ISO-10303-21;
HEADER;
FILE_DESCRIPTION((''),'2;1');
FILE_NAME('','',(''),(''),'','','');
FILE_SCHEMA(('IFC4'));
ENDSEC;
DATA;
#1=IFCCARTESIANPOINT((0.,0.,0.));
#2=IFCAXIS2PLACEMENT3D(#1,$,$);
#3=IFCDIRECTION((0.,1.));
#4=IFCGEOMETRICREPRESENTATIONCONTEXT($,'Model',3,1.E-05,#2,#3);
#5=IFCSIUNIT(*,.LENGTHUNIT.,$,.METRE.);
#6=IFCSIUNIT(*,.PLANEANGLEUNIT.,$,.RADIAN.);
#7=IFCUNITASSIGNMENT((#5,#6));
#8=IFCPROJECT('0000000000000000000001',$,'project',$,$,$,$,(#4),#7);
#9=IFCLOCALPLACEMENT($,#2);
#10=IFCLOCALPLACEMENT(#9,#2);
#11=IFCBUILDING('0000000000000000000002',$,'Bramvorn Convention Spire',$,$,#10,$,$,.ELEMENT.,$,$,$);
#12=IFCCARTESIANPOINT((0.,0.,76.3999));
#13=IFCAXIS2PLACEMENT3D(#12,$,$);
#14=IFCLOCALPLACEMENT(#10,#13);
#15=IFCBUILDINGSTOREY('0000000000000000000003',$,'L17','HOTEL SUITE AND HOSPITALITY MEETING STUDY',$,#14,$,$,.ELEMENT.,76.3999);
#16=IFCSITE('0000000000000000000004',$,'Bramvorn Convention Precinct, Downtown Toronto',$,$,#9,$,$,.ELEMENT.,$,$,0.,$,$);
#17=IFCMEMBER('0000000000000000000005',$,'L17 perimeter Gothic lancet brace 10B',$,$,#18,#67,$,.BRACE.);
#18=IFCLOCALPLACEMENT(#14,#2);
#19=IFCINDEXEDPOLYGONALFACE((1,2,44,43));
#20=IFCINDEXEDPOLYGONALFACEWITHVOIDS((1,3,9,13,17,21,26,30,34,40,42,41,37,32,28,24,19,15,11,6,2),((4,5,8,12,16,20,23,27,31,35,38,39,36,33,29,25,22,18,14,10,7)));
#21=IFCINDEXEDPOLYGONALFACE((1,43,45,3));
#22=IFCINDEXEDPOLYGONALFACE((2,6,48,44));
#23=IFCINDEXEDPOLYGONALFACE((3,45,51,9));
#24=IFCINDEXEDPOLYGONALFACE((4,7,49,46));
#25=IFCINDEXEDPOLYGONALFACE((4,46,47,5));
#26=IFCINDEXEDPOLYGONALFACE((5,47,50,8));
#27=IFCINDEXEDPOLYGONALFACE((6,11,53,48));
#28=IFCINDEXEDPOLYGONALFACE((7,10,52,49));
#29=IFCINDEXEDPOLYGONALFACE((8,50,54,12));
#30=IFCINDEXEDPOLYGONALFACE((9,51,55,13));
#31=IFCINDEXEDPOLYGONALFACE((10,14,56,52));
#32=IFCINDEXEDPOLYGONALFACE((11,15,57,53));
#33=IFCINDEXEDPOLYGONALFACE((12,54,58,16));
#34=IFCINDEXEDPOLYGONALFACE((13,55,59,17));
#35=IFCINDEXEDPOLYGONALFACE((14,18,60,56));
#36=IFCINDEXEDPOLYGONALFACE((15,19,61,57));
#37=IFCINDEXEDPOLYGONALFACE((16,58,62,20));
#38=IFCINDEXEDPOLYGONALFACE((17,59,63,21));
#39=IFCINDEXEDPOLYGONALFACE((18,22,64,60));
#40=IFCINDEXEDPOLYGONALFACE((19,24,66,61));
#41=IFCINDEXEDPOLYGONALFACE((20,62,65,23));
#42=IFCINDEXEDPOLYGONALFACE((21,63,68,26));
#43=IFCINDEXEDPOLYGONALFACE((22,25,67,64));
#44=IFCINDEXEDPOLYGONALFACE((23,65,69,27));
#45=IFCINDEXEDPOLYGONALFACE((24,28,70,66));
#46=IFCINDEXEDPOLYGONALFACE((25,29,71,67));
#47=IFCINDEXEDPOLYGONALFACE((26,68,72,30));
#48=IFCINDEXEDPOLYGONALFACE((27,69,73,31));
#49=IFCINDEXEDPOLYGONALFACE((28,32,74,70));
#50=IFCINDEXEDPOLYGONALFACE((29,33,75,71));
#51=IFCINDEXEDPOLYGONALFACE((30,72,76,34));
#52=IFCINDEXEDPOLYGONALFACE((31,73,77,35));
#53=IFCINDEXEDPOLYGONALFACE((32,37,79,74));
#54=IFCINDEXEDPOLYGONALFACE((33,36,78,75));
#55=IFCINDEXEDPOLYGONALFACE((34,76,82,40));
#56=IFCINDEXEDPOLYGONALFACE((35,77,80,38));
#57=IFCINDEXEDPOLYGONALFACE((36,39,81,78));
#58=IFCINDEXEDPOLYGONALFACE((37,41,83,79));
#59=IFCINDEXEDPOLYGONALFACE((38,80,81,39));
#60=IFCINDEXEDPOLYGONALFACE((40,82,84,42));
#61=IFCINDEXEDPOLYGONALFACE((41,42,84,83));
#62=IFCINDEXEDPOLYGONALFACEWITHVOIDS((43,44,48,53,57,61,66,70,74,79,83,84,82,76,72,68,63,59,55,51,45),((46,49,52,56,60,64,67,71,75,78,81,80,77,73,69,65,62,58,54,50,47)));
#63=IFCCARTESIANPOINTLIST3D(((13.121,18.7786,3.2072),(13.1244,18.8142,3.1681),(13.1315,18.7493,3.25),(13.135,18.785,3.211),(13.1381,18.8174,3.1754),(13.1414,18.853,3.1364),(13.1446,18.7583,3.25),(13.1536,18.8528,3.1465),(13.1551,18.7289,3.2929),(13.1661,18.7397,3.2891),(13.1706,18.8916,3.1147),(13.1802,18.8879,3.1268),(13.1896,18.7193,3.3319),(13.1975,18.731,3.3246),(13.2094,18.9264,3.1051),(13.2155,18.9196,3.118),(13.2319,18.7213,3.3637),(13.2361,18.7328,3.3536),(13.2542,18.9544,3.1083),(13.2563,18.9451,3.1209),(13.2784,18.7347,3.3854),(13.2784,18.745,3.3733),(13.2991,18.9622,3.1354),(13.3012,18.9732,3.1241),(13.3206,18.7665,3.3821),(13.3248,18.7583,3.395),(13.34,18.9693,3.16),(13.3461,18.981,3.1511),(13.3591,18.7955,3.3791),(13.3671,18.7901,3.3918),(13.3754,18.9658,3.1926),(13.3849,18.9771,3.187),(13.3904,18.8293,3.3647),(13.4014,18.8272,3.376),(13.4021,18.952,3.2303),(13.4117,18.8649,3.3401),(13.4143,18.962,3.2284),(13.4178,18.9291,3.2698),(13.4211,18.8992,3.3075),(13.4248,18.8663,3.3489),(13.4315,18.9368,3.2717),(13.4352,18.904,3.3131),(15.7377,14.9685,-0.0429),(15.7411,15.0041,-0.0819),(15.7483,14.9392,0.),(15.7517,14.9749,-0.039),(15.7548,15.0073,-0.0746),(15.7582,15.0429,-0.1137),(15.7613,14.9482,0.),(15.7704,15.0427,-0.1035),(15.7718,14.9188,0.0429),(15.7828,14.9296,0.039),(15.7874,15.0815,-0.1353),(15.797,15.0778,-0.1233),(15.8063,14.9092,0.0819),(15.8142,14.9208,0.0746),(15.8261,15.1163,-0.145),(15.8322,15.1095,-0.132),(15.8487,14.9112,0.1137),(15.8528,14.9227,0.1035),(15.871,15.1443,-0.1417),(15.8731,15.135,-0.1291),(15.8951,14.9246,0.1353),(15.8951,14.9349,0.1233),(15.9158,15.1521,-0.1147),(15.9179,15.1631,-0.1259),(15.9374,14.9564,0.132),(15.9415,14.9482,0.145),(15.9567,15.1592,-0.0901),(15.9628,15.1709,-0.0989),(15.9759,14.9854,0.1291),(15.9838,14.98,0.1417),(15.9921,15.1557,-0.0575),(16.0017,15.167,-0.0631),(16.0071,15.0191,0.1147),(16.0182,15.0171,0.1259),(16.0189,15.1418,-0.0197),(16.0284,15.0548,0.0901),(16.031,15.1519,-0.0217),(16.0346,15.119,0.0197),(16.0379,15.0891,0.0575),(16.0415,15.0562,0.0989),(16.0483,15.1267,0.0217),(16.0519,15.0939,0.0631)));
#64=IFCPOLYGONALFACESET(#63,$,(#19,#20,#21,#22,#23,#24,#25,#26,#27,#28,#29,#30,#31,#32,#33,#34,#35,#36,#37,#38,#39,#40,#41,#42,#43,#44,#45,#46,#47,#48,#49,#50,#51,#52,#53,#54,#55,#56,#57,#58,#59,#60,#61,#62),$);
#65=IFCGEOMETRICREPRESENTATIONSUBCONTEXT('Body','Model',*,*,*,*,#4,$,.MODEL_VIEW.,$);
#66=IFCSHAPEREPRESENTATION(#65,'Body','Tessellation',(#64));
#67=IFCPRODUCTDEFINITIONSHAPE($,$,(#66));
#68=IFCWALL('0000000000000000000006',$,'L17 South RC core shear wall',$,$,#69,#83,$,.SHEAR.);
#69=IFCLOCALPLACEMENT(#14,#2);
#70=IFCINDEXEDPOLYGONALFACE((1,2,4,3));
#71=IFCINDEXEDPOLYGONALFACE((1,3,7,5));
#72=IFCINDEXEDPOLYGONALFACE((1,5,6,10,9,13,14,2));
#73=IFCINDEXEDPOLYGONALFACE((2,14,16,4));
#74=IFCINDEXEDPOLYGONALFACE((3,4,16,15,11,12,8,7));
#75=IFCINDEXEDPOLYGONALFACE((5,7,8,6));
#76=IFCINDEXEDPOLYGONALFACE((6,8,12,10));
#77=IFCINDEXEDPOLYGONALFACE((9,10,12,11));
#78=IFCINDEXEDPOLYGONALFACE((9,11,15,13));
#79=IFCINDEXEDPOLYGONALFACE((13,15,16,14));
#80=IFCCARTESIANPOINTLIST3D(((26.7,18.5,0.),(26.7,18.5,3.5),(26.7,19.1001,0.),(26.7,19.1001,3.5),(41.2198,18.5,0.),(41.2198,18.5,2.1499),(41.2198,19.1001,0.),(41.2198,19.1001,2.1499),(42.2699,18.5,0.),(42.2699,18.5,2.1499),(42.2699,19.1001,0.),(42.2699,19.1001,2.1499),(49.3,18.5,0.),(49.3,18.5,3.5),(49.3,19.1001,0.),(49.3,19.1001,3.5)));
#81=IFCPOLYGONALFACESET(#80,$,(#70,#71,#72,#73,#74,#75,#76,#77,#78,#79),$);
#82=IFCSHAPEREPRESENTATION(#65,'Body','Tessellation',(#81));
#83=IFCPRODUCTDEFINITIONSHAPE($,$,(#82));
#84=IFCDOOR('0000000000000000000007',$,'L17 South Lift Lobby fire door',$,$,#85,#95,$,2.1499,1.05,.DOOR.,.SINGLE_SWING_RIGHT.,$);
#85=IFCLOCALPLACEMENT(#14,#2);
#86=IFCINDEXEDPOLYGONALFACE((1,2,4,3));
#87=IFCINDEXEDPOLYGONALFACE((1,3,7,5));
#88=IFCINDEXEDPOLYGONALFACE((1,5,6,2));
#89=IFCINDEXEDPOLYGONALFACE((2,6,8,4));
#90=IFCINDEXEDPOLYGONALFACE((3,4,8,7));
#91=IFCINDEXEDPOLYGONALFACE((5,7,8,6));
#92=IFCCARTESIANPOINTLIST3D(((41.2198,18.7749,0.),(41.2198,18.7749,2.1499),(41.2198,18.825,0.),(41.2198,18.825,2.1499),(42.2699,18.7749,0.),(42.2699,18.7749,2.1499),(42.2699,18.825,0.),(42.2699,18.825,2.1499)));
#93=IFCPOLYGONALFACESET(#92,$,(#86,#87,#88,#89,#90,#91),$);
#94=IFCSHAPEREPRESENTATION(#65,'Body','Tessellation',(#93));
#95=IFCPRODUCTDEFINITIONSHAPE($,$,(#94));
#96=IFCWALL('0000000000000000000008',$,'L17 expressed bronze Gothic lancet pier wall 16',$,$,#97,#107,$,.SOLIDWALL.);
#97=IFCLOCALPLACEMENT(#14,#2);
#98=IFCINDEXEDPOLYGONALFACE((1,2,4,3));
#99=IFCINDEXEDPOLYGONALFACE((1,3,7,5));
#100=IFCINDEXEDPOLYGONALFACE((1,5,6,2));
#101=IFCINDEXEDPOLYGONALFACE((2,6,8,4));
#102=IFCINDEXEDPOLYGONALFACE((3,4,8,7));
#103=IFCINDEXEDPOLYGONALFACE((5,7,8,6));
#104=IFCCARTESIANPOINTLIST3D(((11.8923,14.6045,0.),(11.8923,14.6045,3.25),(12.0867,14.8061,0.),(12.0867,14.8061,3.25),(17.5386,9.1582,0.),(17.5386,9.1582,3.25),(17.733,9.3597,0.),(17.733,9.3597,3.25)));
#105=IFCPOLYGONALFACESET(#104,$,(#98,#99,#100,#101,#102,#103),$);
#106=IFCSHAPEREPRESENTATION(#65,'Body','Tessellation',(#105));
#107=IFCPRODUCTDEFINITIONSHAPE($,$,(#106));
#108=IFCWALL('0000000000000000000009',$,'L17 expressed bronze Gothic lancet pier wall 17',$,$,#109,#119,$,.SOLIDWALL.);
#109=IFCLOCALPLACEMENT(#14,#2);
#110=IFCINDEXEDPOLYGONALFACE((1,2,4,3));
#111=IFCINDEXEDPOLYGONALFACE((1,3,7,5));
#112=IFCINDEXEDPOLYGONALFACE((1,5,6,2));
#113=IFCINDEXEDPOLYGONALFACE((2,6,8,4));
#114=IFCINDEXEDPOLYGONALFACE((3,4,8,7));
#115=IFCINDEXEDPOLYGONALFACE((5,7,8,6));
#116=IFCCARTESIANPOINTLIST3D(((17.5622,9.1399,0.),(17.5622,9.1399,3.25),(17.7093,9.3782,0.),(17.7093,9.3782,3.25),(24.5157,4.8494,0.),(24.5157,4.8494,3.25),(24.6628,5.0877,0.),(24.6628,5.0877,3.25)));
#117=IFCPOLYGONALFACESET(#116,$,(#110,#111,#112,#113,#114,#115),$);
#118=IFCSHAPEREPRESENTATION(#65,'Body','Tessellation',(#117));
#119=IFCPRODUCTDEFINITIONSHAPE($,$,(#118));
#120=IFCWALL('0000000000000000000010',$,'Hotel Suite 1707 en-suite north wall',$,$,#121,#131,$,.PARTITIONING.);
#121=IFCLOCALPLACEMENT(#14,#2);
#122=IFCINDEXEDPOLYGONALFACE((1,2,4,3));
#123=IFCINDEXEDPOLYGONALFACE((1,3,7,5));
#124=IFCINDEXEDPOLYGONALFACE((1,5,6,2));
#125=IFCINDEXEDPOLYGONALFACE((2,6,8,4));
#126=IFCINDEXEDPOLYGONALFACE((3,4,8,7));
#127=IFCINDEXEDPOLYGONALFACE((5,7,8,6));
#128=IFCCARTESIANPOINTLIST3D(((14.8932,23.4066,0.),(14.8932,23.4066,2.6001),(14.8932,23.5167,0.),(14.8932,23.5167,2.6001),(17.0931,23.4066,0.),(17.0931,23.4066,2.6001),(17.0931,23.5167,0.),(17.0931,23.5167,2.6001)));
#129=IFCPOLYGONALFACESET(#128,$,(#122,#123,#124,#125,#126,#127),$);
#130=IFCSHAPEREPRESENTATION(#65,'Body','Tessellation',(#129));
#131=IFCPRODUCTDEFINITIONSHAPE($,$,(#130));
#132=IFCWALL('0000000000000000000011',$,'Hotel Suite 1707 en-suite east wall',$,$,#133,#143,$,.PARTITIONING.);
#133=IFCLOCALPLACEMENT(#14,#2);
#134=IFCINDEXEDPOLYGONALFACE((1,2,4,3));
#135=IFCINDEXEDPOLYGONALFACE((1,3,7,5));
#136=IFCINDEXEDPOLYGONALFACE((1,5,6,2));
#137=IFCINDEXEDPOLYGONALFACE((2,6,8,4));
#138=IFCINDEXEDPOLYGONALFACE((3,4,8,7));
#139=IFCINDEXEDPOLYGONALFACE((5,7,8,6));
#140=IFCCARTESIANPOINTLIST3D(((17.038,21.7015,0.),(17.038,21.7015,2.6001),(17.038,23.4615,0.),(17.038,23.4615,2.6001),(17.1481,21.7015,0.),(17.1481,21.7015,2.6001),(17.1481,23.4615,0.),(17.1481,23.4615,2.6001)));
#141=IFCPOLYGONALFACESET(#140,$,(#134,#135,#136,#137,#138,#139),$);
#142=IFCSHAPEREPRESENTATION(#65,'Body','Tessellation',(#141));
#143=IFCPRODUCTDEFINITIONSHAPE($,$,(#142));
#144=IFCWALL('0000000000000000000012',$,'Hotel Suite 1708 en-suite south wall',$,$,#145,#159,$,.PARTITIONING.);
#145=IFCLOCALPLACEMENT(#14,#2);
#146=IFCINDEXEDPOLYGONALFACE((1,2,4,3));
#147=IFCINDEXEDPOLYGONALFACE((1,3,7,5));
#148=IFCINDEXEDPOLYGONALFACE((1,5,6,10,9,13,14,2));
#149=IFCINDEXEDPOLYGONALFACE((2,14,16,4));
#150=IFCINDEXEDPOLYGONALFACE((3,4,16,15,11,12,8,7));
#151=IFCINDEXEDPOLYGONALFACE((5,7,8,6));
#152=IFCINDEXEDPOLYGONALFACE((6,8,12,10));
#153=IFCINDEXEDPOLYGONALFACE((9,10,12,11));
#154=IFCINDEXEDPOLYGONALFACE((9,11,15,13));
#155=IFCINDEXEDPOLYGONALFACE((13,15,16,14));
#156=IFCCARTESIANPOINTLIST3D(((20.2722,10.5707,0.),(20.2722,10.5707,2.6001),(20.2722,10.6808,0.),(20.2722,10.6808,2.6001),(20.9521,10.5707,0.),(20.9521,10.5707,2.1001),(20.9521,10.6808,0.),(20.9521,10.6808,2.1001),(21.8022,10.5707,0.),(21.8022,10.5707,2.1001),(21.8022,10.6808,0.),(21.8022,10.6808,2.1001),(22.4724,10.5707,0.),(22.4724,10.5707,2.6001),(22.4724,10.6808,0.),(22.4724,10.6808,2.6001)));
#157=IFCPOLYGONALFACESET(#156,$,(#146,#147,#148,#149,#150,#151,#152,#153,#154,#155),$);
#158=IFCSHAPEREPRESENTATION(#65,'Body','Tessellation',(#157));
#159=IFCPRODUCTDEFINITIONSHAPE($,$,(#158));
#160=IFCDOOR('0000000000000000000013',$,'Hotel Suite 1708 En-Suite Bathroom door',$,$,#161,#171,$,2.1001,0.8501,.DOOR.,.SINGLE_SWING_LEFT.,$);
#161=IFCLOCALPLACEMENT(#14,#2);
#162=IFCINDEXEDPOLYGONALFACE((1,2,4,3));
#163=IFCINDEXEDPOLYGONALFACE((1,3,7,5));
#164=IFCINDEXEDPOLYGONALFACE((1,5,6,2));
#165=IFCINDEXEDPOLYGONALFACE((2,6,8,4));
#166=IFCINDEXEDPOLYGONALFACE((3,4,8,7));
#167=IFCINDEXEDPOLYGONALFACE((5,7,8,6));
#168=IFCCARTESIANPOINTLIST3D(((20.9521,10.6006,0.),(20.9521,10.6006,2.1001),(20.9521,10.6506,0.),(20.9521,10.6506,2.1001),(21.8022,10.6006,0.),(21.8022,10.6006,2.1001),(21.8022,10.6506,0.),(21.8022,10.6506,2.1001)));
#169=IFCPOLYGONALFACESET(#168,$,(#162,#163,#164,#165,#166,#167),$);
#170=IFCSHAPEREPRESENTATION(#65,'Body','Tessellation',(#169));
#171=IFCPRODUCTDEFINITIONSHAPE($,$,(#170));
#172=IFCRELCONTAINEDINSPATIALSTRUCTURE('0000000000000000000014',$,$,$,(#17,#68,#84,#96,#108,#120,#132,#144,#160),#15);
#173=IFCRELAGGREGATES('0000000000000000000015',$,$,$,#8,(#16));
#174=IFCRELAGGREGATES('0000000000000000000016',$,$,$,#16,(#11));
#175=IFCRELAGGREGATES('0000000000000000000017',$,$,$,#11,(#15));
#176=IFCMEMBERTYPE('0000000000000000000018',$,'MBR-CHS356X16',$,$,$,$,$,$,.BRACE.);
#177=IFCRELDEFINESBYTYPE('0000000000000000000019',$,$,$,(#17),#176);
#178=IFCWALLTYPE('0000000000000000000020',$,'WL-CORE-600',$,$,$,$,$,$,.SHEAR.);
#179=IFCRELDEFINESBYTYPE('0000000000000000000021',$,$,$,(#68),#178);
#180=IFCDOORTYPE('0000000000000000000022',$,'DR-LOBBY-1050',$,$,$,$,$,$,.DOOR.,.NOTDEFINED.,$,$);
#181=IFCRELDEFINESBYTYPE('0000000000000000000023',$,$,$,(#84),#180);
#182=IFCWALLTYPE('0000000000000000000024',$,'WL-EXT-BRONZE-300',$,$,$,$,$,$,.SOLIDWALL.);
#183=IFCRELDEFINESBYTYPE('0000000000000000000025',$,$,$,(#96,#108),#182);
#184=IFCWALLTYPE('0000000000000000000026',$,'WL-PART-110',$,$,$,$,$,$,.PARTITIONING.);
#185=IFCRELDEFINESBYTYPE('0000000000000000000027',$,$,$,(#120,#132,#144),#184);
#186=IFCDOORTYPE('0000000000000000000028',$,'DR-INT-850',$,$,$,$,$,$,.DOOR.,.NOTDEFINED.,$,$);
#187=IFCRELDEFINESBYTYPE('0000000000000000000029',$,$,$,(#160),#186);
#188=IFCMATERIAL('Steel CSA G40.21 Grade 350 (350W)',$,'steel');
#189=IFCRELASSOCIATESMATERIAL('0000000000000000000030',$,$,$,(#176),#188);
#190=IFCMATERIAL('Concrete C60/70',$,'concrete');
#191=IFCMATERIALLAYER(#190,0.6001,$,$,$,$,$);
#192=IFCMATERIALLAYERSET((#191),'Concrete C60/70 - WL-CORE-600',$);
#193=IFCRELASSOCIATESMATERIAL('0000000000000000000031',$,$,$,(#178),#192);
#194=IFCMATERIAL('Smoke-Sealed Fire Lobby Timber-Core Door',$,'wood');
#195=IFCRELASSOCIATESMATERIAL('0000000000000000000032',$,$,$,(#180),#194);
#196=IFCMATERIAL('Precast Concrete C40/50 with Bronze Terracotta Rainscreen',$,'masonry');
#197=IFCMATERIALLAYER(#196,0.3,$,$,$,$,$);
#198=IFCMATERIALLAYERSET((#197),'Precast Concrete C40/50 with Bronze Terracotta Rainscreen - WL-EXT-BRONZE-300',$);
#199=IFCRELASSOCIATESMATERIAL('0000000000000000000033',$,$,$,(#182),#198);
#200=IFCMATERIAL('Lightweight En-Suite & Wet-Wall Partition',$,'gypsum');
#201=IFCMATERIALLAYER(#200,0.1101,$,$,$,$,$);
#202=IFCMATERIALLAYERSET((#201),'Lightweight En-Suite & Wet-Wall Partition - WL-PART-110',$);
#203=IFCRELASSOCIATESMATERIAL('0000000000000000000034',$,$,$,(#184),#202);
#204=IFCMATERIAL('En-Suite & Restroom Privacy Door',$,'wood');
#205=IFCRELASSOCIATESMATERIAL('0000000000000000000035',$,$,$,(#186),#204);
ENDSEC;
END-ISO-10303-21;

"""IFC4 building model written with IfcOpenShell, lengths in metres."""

from ifc_helpers import new_model, si_unit, direction, frame, frame_2d, origin, origin_2d, place, context, subcontext, project, spatial, rectangle, hollow_circle, extrude, material, layer, layer_set, material_profile, profile_set, type_object, element, fill, save


model = new_model("IFC4")

# Units and contexts
model_context = context("Model", 3, precision=1e-05, world=origin(), true_north=direction((0.0, 1.0)))
body_context = subcontext(model_context, "Body", "Model", "MODEL_VIEW")
ifc_project = project(units=[si_unit("LENGTHUNIT", "METRE"), si_unit("PLANEANGLEUNIT", "RADIAN")], contexts=[model_context])

# Site, building, storey
site_placement = place(None, origin())
site = spatial("IfcSite", under=ifc_project, at=site_placement, Name="Bramvorn Convention Precinct, Downtown Toronto", CompositionType="ELEMENT", RefElevation=0.0)
building_placement = place(site_placement, origin())
building = spatial("IfcBuilding", under=site, at=building_placement, Name="Bramvorn Convention Spire", CompositionType="ELEMENT")
storey_placement = place(building_placement, frame((0.0, 0.0, 76.3999)))
storey = spatial("IfcBuildingStorey", under=building, at=storey_placement, Name="L17", Description="HOTEL SUITE AND HOSPITALITY MEETING STUDY", CompositionType="ELEMENT", Elevation=76.3999)

# Shared definitions
ifc_material_1 = material(Name="Steel CSA G40.21 Grade 350 (350W)", Category="steel")

# Member
ifc_material_profile_1 = material_profile(ifc_material_1, hollow_circle(Radius=0.1777, WallThickness=0.0159, at=origin_2d()))
ifc_profile_set_1 = profile_set([ifc_material_profile_1], Name="Steel CSA G40.21 Grade 350 (350W) - CHS356X16")
member_type_1 = type_object("IfcMemberType", Name="MBR-CHS356X16", PredefinedType="BRACE", material=ifc_profile_set_1)
member_1_placement = place(storey_placement, frame((15.8948, 15.0398, 0.0), z_axis=(-0.463106, 0.674308, 0.575188), x_axis=(-0.824316, -0.56613, 0.0)))
element("IfcMember", 1, at=member_1_placement, inside=storey, type_object=member_type_1, Name="L17 perimeter Gothic lancet brace 10B", PredefinedType="BRACE", context=body_context, shape_type="SweptSolid", body=[
    extrude(hollow_circle(Radius=0.1777, WallThickness=0.0159, at=origin_2d()), origin(), (0.0, 0.0, 1.0), 5.6504),
])

# Wall, opening, door
ifc_material_2 = material(Name="Concrete C60/70", Category="concrete")
ifc_layer_1 = layer(ifc_material_2, 0.6001)
ifc_layer_set_1 = layer_set([ifc_layer_1], Name="Concrete C60/70 - WL-CORE-600")
wall_type_1 = type_object("IfcWallType", Name="WL-CORE-600", PredefinedType="SHEAR", material=ifc_layer_set_1)
wall_1_placement = place(storey_placement, frame((26.7, 18.8, 0.0), z_axis=(0.0, 0.0, 1.0), x_axis=(1.0, 0.0, 0.0)))
wall_1 = element("IfcWall", 2, at=wall_1_placement, inside=storey, type_object=wall_type_1, Name="L17 South RC core shear wall", PredefinedType="SHEAR", context=body_context, shape_type="SweptSolid", body=[
    extrude(rectangle(XDim=22.6001, YDim=0.6001, at=frame_2d((11.3, 0.0))), origin(), (0.0, 0.0, 1.0), 3.5),
])
opening_1_placement = place(wall_1_placement, frame((14.52, 0.0, 0.0)))
opening_1 = element("IfcOpeningElement", 3, at=opening_1_placement, cuts=wall_1, PredefinedType="OPENING", context=body_context, shape_type="SweptSolid", body=[
    extrude(rectangle(XDim=1.05, YDim=2.1499, at=frame_2d((0.5249, 1.075))), frame((0.0, 0.3101, 0.0), z_axis=(0.0, -1.0, 0.0), x_axis=(1.0, 0.0, 0.0)), (0.0, 0.0, 1.0), 0.6201),
])
ifc_material_3 = material(Name="Smoke-Sealed Fire Lobby Timber-Core Door", Category="wood")
door_type_1 = type_object("IfcDoorType", Name="DR-LOBBY-1050", OperationType="NOTDEFINED", PredefinedType="DOOR", material=ifc_material_3)
door_1_placement = place(opening_1_placement, origin())
door_1 = element("IfcDoor", 4, at=door_1_placement, inside=storey, type_object=door_type_1, Name="L17 South Lift Lobby fire door", OperationType="SINGLE_SWING_RIGHT", OverallHeight=2.1499, OverallWidth=1.05, PredefinedType="DOOR", context=body_context, shape_type="SweptSolid", body=[
    extrude(rectangle(XDim=1.05, YDim=2.1499, at=frame_2d((0.5249, 1.075))), frame((0.0, 0.0249, 0.0), z_axis=(0.0, -1.0, 0.0), x_axis=(1.0, 0.0, 0.0)), (0.0, 0.0, 1.0), 0.05),
])
fill(opening_1, door_1)

# Walls
ifc_material_4 = material(Name="Precast Concrete C40/50 with Bronze Terracotta Rainscreen", Category="masonry")
ifc_layer_2 = layer(ifc_material_4, 0.3)
ifc_layer_set_2 = layer_set([ifc_layer_2], Name="Precast Concrete C40/50 with Bronze Terracotta Rainscreen - WL-EXT-BRONZE-300")
wall_type_2 = type_object("IfcWallType", Name="WL-EXT-BRONZE-300", PredefinedType="SOLIDWALL", material=ifc_layer_set_2)
wall_2_placement = place(storey_placement, frame((17.6357, 9.259, 0.0), z_axis=(0.0, 0.0, 1.0), x_axis=(-0.719736, 0.694248, 0.0)))
element("IfcWall", 5, at=wall_2_placement, inside=storey, type_object=wall_type_2, Name="L17 expressed bronze Gothic lancet pier wall 16", PredefinedType="SOLIDWALL", context=body_context, shape_type="SweptSolid", body=[
    extrude(rectangle(XDim=7.845, YDim=0.28, at=frame_2d((3.9224, 0.0))), origin(), (0.0, 0.0, 1.0), 3.25),
])
wall_3_placement = place(storey_placement, frame((24.5894, 4.9685, 0.0), z_axis=(0.0, 0.0, 1.0), x_axis=(-0.851036, 0.525107, 0.0)))
element("IfcWall", 6, at=wall_3_placement, inside=storey, type_object=wall_type_2, Name="L17 expressed bronze Gothic lancet pier wall 17", PredefinedType="SOLIDWALL", context=body_context, shape_type="SweptSolid", body=[
    extrude(rectangle(XDim=8.1707, YDim=0.28, at=frame_2d((4.0854, 0.0))), origin(), (0.0, 0.0, 1.0), 3.25),
])
ifc_material_5 = material(Name="Lightweight En-Suite & Wet-Wall Partition", Category="gypsum")
ifc_layer_3 = layer(ifc_material_5, 0.1101)
ifc_layer_set_3 = layer_set([ifc_layer_3], Name="Lightweight En-Suite & Wet-Wall Partition - WL-PART-110")
wall_type_3 = type_object("IfcWallType", Name="WL-PART-110", PredefinedType="PARTITIONING", material=ifc_layer_set_3)
wall_4_placement = place(storey_placement, frame((14.8931, 23.4617, 0.0), z_axis=(0.0, 0.0, 1.0), x_axis=(1.0, 0.0, 0.0)))
element("IfcWall", 7, at=wall_4_placement, inside=storey, type_object=wall_type_3, Name="Hotel Suite 1707 en-suite north wall", PredefinedType="PARTITIONING", context=body_context, shape_type="SweptSolid", body=[
    extrude(rectangle(XDim=2.2, YDim=0.1101, at=frame_2d((1.1001, 0.0))), origin(), (0.0, 0.0, 1.0), 2.6001),
])
wall_5_placement = place(storey_placement, frame((17.093, 21.7017, 0.0), z_axis=(0.0, 0.0, 1.0), x_axis=(0.0, 1.0, 0.0)))
element("IfcWall", 8, at=wall_5_placement, inside=storey, type_object=wall_type_3, Name="Hotel Suite 1707 en-suite east wall", PredefinedType="PARTITIONING", context=body_context, shape_type="SweptSolid", body=[
    extrude(rectangle(XDim=1.76, YDim=0.1101, at=frame_2d((0.8799, 0.0))), origin(), (0.0, 0.0, 1.0), 2.6001),
])

# Wall, opening, door
wall_6_placement = place(storey_placement, frame((20.2722, 10.6257, 0.0), z_axis=(0.0, 0.0, 1.0), x_axis=(1.0, 0.0, 0.0)))
wall_6 = element("IfcWall", 9, at=wall_6_placement, inside=storey, type_object=wall_type_3, Name="Hotel Suite 1708 en-suite south wall", PredefinedType="PARTITIONING", context=body_context, shape_type="SweptSolid", body=[
    extrude(rectangle(XDim=2.2002, YDim=0.1101, at=frame_2d((1.1001, 0.0))), origin(), (0.0, 0.0, 1.0), 2.6001),
])
opening_2_placement = place(wall_6_placement, frame((0.6799, 0.0, 0.0)))
opening_2 = element("IfcOpeningElement", 10, at=opening_2_placement, cuts=wall_6, PredefinedType="OPENING", context=body_context, shape_type="SweptSolid", body=[
    extrude(rectangle(XDim=0.8501, YDim=2.1001, at=frame_2d((0.425, 1.05))), frame((0.0, 0.0649, 0.0), z_axis=(0.0, -1.0, 0.0), x_axis=(1.0, 0.0, 0.0)), (0.0, 0.0, 1.0), 0.1301),
])
ifc_material_6 = material(Name="En-Suite & Restroom Privacy Door", Category="wood")
door_type_2 = type_object("IfcDoorType", Name="DR-INT-850", OperationType="NOTDEFINED", PredefinedType="DOOR", material=ifc_material_6)
door_2_placement = place(opening_2_placement, origin())
door_2 = element("IfcDoor", 11, at=door_2_placement, inside=storey, type_object=door_type_2, Name="Hotel Suite 1708 En-Suite Bathroom door", OperationType="SINGLE_SWING_LEFT", OverallHeight=2.1001, OverallWidth=0.8501, PredefinedType="DOOR", context=body_context, shape_type="SweptSolid", body=[
    extrude(rectangle(XDim=0.8501, YDim=2.1001, at=frame_2d((0.425, 1.05))), frame((0.0, 0.0249, 0.0), z_axis=(0.0, -1.0, 0.0), x_axis=(1.0, 0.0, 0.0)), (0.0, 0.0, 1.0), 0.05),
])
fill(opening_2, door_2)

save(model, "model.ifc")
